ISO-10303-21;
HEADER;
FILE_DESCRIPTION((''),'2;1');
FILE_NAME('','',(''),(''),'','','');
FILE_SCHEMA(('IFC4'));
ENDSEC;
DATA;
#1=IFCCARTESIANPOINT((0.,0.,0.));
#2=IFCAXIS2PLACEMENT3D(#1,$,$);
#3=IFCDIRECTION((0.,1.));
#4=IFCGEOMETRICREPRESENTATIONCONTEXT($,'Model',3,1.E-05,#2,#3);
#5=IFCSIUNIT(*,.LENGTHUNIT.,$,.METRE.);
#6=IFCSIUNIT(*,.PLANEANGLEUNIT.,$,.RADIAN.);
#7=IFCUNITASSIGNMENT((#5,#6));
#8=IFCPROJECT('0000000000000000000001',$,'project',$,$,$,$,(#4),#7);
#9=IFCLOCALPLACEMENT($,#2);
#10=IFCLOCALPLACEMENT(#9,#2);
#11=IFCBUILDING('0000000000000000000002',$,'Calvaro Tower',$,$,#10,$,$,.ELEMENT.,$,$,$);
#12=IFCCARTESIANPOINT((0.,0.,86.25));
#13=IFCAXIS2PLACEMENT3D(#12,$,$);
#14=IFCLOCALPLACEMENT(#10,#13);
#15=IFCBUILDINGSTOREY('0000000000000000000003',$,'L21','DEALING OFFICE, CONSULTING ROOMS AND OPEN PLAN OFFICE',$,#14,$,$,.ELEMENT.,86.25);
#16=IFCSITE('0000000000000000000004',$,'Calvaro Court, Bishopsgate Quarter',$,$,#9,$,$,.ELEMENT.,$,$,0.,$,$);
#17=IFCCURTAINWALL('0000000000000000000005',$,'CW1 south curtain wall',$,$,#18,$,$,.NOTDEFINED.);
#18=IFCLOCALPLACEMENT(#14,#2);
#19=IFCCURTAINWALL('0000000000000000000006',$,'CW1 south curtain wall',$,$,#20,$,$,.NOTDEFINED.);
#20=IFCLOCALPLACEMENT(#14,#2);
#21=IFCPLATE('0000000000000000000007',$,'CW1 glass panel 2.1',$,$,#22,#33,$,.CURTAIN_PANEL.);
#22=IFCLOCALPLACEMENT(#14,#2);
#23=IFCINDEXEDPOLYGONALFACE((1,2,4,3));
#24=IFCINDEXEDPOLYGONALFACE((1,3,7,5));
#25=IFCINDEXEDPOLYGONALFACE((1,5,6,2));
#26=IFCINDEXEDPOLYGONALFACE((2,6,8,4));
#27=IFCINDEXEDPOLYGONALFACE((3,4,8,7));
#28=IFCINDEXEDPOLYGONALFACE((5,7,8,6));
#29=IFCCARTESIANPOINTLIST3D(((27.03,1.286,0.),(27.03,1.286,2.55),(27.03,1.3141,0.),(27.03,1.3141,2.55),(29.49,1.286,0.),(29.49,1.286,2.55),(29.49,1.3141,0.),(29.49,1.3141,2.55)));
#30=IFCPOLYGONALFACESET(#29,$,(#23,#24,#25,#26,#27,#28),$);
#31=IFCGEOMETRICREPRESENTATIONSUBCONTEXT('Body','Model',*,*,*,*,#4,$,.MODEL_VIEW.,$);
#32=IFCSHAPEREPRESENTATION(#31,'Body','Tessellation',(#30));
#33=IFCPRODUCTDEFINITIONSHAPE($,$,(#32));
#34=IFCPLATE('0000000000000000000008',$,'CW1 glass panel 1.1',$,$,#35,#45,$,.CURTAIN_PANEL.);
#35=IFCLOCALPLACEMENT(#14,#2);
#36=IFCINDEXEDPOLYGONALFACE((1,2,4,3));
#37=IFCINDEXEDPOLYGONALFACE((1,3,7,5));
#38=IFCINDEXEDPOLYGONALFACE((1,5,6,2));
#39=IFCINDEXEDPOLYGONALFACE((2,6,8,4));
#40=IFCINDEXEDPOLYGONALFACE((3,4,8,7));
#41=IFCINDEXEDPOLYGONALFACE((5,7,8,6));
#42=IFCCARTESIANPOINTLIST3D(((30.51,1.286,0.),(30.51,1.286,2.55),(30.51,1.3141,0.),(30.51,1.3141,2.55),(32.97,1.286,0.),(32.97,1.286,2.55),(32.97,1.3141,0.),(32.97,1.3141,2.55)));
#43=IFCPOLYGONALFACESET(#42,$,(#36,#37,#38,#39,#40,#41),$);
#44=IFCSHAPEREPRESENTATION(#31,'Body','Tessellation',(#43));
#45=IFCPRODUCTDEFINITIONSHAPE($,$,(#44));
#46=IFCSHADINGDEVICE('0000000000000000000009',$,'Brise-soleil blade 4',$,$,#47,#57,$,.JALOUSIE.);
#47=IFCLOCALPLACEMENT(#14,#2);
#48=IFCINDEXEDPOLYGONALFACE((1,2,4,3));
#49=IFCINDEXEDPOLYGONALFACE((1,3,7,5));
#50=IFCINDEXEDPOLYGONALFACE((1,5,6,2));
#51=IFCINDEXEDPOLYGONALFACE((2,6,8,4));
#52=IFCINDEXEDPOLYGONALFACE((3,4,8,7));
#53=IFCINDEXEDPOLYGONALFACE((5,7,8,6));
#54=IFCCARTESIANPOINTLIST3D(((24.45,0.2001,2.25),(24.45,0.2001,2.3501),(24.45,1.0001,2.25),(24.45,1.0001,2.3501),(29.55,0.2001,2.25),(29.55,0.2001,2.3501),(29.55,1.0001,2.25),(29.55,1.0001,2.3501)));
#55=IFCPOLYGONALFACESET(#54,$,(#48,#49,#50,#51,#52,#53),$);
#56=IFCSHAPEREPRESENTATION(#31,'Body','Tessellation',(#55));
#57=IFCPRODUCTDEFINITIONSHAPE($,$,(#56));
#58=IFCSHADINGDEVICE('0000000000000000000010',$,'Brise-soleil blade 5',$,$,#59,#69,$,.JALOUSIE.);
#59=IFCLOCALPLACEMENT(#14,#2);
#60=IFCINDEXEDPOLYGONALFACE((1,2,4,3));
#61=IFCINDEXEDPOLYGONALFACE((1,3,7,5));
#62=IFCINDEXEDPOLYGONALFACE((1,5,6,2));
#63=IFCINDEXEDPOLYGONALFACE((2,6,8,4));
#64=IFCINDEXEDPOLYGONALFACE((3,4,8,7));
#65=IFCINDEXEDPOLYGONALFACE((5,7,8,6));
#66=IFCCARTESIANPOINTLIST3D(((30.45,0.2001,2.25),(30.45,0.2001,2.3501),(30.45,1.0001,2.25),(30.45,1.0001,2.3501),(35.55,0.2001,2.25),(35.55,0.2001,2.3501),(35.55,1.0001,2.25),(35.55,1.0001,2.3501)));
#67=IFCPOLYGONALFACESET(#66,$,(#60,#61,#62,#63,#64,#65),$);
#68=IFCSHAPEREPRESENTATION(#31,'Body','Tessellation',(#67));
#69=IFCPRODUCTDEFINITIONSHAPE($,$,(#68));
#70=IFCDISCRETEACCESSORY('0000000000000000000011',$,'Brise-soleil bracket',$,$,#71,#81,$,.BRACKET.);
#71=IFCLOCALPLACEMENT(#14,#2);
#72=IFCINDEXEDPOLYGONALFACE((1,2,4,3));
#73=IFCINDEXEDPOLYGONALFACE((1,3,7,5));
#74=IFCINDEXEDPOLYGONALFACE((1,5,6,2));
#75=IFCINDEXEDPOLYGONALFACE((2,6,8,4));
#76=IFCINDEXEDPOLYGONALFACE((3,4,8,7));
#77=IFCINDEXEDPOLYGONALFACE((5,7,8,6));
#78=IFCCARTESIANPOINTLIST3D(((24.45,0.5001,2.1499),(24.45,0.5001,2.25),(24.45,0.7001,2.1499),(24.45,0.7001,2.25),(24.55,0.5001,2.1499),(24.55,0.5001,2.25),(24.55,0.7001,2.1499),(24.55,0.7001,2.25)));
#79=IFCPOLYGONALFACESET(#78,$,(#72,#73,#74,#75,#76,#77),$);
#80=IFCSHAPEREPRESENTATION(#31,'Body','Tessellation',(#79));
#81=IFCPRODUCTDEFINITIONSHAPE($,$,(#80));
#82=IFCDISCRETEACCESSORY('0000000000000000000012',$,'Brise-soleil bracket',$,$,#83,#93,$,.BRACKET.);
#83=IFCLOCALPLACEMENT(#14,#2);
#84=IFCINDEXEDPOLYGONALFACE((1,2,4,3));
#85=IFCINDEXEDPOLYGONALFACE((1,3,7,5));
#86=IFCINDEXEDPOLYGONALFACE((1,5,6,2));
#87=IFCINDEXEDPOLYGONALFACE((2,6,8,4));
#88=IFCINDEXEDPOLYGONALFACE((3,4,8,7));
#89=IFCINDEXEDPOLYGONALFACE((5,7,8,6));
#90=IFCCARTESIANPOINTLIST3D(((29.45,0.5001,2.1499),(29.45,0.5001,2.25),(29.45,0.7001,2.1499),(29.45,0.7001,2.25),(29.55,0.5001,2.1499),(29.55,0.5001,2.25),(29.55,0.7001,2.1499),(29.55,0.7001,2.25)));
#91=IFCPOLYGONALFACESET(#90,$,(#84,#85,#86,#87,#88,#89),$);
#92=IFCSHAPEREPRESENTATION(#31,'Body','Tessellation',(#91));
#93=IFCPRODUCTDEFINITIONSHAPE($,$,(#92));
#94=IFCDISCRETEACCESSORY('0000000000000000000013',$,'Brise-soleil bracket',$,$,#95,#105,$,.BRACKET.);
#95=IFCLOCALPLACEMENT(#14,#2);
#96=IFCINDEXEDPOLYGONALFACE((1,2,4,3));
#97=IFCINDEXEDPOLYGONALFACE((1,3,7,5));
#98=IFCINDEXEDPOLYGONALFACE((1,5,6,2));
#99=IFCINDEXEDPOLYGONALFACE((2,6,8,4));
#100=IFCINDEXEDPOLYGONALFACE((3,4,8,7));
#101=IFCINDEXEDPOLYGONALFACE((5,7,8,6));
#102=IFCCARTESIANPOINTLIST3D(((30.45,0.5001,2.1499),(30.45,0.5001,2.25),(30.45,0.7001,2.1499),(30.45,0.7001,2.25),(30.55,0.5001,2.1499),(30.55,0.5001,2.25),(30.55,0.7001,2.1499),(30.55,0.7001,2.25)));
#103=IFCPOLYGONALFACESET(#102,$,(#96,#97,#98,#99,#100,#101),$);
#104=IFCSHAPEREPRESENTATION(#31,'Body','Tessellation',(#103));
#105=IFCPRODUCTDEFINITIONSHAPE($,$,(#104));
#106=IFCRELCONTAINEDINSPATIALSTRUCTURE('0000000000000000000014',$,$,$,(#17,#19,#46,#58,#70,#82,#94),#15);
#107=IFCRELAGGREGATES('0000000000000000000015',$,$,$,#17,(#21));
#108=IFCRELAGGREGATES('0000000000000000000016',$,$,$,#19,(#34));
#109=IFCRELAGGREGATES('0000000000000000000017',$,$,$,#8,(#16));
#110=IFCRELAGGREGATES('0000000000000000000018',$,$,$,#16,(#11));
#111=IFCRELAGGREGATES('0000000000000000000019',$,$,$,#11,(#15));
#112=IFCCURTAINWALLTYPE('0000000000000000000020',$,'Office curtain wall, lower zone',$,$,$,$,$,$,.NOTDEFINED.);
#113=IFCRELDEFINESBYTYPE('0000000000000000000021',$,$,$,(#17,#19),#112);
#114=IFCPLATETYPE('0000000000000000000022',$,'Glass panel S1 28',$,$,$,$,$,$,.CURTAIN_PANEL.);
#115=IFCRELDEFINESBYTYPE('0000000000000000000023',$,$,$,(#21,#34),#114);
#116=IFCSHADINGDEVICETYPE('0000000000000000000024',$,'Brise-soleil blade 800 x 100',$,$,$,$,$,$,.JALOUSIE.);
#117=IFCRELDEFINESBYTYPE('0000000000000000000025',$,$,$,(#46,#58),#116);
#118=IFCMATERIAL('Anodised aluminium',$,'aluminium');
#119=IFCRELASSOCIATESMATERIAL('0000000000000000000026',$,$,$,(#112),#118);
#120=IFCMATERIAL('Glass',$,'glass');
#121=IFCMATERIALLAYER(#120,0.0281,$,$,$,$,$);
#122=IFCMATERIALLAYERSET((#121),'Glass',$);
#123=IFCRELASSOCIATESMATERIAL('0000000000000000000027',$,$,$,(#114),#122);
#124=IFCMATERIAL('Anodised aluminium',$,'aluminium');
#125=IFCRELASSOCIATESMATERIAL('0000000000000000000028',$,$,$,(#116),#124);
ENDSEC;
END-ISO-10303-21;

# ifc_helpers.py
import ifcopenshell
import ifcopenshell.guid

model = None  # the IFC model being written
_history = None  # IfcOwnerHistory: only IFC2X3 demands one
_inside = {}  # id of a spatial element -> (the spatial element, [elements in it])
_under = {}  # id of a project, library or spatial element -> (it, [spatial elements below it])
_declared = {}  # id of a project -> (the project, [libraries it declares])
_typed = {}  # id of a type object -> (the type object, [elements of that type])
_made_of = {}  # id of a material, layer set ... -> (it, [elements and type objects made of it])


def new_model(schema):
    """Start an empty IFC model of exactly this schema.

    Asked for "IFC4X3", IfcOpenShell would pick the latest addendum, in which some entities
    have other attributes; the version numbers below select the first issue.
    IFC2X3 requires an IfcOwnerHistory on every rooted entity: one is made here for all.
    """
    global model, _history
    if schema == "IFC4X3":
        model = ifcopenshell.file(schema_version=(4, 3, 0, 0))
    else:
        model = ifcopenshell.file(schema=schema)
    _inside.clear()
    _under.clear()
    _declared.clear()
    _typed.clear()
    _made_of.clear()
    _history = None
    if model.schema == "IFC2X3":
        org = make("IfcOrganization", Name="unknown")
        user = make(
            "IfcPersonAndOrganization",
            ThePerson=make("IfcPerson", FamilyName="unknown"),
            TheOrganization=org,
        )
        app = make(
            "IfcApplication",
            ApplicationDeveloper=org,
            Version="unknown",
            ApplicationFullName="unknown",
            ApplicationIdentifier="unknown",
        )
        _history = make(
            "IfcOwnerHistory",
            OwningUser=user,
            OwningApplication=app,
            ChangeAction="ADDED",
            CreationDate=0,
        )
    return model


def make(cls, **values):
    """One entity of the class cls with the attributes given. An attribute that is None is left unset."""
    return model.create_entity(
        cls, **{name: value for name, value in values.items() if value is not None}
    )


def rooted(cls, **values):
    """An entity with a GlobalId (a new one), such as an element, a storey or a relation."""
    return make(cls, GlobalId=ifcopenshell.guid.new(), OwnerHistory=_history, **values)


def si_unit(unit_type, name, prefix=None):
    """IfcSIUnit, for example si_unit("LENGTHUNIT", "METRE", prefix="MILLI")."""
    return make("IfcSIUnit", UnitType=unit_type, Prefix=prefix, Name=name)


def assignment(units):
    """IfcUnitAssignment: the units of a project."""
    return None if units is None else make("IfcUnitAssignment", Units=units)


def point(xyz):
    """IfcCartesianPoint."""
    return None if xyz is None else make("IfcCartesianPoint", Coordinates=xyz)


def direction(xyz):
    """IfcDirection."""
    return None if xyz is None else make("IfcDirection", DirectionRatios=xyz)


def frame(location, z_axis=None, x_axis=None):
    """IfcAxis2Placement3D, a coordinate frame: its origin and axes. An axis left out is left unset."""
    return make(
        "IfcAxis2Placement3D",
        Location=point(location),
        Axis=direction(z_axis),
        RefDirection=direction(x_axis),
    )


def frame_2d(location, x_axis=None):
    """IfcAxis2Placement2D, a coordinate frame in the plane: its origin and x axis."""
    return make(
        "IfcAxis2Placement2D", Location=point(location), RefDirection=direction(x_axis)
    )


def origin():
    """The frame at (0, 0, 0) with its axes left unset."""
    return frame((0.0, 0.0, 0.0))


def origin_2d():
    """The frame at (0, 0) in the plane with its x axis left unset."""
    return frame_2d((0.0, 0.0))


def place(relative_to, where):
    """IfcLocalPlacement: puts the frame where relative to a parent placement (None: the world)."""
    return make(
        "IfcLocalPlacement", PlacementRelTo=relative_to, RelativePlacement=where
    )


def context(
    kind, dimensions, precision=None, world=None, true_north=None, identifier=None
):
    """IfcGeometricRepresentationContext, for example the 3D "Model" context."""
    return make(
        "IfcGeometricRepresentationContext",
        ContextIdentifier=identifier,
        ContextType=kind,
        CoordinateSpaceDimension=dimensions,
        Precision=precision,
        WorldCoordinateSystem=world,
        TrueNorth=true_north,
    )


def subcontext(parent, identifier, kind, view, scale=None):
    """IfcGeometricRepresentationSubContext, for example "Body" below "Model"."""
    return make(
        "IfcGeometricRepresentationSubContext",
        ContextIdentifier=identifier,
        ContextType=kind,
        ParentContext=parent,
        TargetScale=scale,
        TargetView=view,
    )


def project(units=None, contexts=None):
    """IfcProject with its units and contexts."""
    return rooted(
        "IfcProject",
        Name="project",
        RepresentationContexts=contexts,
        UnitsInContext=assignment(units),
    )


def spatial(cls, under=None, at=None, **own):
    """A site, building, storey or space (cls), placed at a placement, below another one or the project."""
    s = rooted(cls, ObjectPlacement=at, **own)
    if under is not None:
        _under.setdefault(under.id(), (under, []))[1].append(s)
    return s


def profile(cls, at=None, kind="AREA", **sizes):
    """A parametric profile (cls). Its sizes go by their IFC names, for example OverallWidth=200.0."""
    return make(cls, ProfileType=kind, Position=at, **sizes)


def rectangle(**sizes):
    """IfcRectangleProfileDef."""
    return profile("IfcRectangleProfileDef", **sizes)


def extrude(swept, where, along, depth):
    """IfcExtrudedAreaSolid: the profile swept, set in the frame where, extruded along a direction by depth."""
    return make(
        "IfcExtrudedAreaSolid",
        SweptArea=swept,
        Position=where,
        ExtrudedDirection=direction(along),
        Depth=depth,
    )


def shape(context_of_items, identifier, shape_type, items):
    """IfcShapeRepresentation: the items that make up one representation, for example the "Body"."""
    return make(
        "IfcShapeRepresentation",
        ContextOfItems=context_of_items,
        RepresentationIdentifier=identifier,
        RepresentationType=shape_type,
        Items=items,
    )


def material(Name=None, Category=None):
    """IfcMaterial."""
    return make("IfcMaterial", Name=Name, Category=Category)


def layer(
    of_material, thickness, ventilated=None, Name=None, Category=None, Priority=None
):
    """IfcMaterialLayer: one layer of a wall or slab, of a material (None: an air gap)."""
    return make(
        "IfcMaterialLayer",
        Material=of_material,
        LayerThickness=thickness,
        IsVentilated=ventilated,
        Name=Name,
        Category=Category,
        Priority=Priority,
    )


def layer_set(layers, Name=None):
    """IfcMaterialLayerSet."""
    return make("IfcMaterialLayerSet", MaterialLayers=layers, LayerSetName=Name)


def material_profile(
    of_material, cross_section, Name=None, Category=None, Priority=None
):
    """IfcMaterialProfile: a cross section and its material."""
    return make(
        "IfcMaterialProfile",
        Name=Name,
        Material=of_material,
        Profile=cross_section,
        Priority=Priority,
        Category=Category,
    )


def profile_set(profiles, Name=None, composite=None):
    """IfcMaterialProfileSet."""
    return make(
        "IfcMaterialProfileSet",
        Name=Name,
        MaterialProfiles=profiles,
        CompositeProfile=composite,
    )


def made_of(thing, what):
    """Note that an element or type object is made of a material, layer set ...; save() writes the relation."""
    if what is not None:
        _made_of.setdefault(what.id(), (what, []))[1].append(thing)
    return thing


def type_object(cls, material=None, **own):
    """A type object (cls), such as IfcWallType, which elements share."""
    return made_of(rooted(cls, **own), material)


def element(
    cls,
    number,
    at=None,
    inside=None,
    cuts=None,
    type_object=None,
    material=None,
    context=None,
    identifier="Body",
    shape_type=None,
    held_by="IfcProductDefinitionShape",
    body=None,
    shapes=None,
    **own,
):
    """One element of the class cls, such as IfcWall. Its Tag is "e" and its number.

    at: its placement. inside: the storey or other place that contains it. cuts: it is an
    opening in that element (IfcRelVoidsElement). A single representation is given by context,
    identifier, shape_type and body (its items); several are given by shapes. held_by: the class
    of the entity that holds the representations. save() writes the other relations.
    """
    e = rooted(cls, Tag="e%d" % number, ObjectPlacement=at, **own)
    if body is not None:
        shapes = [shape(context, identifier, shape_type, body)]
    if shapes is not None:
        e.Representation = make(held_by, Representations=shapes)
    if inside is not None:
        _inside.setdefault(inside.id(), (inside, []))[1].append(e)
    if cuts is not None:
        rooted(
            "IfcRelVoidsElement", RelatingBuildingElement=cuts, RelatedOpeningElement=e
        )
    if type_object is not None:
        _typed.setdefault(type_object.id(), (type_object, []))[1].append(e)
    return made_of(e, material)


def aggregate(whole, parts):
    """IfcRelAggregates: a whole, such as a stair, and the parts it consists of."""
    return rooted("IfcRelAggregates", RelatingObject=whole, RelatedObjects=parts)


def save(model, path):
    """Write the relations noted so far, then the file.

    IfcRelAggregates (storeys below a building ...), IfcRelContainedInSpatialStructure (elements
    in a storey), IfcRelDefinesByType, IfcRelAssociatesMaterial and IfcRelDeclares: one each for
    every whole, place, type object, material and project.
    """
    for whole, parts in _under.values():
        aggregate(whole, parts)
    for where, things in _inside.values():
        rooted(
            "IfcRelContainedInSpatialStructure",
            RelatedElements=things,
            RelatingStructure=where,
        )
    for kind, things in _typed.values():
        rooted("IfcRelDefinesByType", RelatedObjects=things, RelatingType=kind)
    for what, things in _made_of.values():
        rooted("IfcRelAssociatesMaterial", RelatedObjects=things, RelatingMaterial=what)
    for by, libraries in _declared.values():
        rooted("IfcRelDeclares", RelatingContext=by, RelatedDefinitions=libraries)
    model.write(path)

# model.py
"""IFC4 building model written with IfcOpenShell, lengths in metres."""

from ifc_helpers import new_model, si_unit, direction, frame, origin, origin_2d, place, context, subcontext, project, spatial, rectangle, extrude, material, layer, layer_set, material_profile, profile_set, type_object, element, aggregate, save


model = new_model("IFC4")

# Units and contexts
model_context = context("Model", 3, precision=1e-05, world=origin(), true_north=direction((0.0, 1.0)))
body_context = subcontext(model_context, "Body", "Model", "MODEL_VIEW")
ifc_project = project(units=[si_unit("LENGTHUNIT", "METRE"), si_unit("PLANEANGLEUNIT", "RADIAN")], contexts=[model_context])

# Site, building, storey
site_placement = place(None, origin())
site = spatial("IfcSite", under=ifc_project, at=site_placement, Name="Calvaro Court, Bishopsgate Quarter", CompositionType="ELEMENT", RefElevation=0.0)
building_placement = place(site_placement, origin())
building = spatial("IfcBuilding", under=site, at=building_placement, Name="Calvaro Tower", CompositionType="ELEMENT")
storey_placement = place(building_placement, frame((0.0, 0.0, 86.25)))
storey = spatial("IfcBuildingStorey", under=building, at=storey_placement, Name="L21", Description="DEALING OFFICE, CONSULTING ROOMS AND OPEN PLAN OFFICE", CompositionType="ELEMENT", Elevation=86.25)

# Curtain walls
ifc_material_1 = material(Name="Anodised aluminium", Category="aluminium")
curtain_wall_type = type_object("IfcCurtainWallType", Name="Office curtain wall, lower zone", PredefinedType="NOTDEFINED", material=ifc_material_1)
curtain_wall_1_placement = place(storey_placement, origin())
curtain_wall_1 = element("IfcCurtainWall", 1, at=curtain_wall_1_placement, inside=storey, type_object=curtain_wall_type, Name="CW1 south curtain wall", PredefinedType="NOTDEFINED")
curtain_wall_2_placement = place(storey_placement, origin())
curtain_wall_2 = element("IfcCurtainWall", 2, at=curtain_wall_2_placement, inside=storey, type_object=curtain_wall_type, Name="CW1 south curtain wall", PredefinedType="NOTDEFINED")

# Plates
ifc_material_2 = material(Name="Glass", Category="glass")
ifc_layer = layer(ifc_material_2, 0.0281)
ifc_layer_set = layer_set([ifc_layer], Name="Glass")
plate_type = type_object("IfcPlateType", Name="Glass panel S1 28", PredefinedType="CURTAIN_PANEL", material=ifc_layer_set)
plate_1_placement = place(storey_placement, frame((28.26, 1.3, 0.0), z_axis=(0.0, 0.0, 1.0), x_axis=(1.0, 0.0, 0.0)))
plate_1 = element("IfcPlate", 3, at=plate_1_placement, type_object=plate_type, Name="CW1 glass panel 2.1", PredefinedType="CURTAIN_PANEL", context=body_context, shape_type="SweptSolid", body=[
    extrude(rectangle(XDim=2.46, YDim=0.0281, at=origin_2d()), origin(), (0.0, 0.0, 1.0), 2.55),
])
aggregate(curtain_wall_1, [plate_1])
plate_2_placement = place(storey_placement, frame((31.74, 1.3, 0.0), z_axis=(0.0, 0.0, 1.0), x_axis=(1.0, 0.0, 0.0)))
plate_2 = element("IfcPlate", 4, at=plate_2_placement, type_object=plate_type, Name="CW1 glass panel 1.1", PredefinedType="CURTAIN_PANEL", context=body_context, shape_type="SweptSolid", body=[
    extrude(rectangle(XDim=2.46, YDim=0.0281, at=origin_2d()), origin(), (0.0, 0.0, 1.0), 2.55),
])
aggregate(curtain_wall_2, [plate_2])

# Shading devices
ifc_material_3 = material(Name="Anodised aluminium", Category="aluminium")
ifc_material_profile_1 = material_profile(ifc_material_3, rectangle(XDim=0.8, YDim=0.1001, at=origin_2d()), Name="Brise-soleil blade 800 x 100")
ifc_profile_set_1 = profile_set([ifc_material_profile_1], Name="Anodised aluminium")
shading_device_type = type_object("IfcShadingDeviceType", Name="Brise-soleil blade 800 x 100", PredefinedType="JALOUSIE", material=ifc_profile_set_1)
for number, where, z_axis, x_axis, name in (
    (5, (24.45, 0.6001, 2.3), (1.0, 0.0, 0.0), (0.0, 1.0, 0.0), "Brise-soleil blade 4"),
    (6, (30.45, 0.6001, 2.3), (1.0, 0.0, 0.0), (0.0, 1.0, 0.0), "Brise-soleil blade 5"),
):
    element("IfcShadingDevice", number, at=place(storey_placement, frame(where, z_axis=z_axis, x_axis=x_axis)), inside=storey, type_object=shading_device_type, Name=name, PredefinedType="JALOUSIE", context=body_context, shape_type="SweptSolid", body=[
        extrude(rectangle(XDim=0.8, YDim=0.1001, at=origin_2d()), origin(), (0.0, 0.0, 1.0), 5.1001),
    ])

# Discrete accessories
for number, where, z_axis, x_axis, name in (
    (7, (24.5, 0.6001, 2.1499), (0.0, 0.0, 1.0), (1.0, 0.0, 0.0), "Brise-soleil bracket"),
    (8, (29.5, 0.6001, 2.1499), (0.0, 0.0, 1.0), (1.0, 0.0, 0.0), "Brise-soleil bracket"),
    (9, (30.5, 0.6001, 2.1499), (0.0, 0.0, 1.0), (1.0, 0.0, 0.0), "Brise-soleil bracket"),
):
    element("IfcDiscreteAccessory", number, at=place(storey_placement, frame(where, z_axis=z_axis, x_axis=x_axis)), inside=storey, Name=name, PredefinedType="BRACKET", context=body_context, shape_type="SweptSolid", body=[
        extrude(rectangle(XDim=0.1001, YDim=0.2, at=origin_2d()), origin(), (0.0, 0.0, 1.0), 0.1001),
    ])

save(model, "model.ifc")
